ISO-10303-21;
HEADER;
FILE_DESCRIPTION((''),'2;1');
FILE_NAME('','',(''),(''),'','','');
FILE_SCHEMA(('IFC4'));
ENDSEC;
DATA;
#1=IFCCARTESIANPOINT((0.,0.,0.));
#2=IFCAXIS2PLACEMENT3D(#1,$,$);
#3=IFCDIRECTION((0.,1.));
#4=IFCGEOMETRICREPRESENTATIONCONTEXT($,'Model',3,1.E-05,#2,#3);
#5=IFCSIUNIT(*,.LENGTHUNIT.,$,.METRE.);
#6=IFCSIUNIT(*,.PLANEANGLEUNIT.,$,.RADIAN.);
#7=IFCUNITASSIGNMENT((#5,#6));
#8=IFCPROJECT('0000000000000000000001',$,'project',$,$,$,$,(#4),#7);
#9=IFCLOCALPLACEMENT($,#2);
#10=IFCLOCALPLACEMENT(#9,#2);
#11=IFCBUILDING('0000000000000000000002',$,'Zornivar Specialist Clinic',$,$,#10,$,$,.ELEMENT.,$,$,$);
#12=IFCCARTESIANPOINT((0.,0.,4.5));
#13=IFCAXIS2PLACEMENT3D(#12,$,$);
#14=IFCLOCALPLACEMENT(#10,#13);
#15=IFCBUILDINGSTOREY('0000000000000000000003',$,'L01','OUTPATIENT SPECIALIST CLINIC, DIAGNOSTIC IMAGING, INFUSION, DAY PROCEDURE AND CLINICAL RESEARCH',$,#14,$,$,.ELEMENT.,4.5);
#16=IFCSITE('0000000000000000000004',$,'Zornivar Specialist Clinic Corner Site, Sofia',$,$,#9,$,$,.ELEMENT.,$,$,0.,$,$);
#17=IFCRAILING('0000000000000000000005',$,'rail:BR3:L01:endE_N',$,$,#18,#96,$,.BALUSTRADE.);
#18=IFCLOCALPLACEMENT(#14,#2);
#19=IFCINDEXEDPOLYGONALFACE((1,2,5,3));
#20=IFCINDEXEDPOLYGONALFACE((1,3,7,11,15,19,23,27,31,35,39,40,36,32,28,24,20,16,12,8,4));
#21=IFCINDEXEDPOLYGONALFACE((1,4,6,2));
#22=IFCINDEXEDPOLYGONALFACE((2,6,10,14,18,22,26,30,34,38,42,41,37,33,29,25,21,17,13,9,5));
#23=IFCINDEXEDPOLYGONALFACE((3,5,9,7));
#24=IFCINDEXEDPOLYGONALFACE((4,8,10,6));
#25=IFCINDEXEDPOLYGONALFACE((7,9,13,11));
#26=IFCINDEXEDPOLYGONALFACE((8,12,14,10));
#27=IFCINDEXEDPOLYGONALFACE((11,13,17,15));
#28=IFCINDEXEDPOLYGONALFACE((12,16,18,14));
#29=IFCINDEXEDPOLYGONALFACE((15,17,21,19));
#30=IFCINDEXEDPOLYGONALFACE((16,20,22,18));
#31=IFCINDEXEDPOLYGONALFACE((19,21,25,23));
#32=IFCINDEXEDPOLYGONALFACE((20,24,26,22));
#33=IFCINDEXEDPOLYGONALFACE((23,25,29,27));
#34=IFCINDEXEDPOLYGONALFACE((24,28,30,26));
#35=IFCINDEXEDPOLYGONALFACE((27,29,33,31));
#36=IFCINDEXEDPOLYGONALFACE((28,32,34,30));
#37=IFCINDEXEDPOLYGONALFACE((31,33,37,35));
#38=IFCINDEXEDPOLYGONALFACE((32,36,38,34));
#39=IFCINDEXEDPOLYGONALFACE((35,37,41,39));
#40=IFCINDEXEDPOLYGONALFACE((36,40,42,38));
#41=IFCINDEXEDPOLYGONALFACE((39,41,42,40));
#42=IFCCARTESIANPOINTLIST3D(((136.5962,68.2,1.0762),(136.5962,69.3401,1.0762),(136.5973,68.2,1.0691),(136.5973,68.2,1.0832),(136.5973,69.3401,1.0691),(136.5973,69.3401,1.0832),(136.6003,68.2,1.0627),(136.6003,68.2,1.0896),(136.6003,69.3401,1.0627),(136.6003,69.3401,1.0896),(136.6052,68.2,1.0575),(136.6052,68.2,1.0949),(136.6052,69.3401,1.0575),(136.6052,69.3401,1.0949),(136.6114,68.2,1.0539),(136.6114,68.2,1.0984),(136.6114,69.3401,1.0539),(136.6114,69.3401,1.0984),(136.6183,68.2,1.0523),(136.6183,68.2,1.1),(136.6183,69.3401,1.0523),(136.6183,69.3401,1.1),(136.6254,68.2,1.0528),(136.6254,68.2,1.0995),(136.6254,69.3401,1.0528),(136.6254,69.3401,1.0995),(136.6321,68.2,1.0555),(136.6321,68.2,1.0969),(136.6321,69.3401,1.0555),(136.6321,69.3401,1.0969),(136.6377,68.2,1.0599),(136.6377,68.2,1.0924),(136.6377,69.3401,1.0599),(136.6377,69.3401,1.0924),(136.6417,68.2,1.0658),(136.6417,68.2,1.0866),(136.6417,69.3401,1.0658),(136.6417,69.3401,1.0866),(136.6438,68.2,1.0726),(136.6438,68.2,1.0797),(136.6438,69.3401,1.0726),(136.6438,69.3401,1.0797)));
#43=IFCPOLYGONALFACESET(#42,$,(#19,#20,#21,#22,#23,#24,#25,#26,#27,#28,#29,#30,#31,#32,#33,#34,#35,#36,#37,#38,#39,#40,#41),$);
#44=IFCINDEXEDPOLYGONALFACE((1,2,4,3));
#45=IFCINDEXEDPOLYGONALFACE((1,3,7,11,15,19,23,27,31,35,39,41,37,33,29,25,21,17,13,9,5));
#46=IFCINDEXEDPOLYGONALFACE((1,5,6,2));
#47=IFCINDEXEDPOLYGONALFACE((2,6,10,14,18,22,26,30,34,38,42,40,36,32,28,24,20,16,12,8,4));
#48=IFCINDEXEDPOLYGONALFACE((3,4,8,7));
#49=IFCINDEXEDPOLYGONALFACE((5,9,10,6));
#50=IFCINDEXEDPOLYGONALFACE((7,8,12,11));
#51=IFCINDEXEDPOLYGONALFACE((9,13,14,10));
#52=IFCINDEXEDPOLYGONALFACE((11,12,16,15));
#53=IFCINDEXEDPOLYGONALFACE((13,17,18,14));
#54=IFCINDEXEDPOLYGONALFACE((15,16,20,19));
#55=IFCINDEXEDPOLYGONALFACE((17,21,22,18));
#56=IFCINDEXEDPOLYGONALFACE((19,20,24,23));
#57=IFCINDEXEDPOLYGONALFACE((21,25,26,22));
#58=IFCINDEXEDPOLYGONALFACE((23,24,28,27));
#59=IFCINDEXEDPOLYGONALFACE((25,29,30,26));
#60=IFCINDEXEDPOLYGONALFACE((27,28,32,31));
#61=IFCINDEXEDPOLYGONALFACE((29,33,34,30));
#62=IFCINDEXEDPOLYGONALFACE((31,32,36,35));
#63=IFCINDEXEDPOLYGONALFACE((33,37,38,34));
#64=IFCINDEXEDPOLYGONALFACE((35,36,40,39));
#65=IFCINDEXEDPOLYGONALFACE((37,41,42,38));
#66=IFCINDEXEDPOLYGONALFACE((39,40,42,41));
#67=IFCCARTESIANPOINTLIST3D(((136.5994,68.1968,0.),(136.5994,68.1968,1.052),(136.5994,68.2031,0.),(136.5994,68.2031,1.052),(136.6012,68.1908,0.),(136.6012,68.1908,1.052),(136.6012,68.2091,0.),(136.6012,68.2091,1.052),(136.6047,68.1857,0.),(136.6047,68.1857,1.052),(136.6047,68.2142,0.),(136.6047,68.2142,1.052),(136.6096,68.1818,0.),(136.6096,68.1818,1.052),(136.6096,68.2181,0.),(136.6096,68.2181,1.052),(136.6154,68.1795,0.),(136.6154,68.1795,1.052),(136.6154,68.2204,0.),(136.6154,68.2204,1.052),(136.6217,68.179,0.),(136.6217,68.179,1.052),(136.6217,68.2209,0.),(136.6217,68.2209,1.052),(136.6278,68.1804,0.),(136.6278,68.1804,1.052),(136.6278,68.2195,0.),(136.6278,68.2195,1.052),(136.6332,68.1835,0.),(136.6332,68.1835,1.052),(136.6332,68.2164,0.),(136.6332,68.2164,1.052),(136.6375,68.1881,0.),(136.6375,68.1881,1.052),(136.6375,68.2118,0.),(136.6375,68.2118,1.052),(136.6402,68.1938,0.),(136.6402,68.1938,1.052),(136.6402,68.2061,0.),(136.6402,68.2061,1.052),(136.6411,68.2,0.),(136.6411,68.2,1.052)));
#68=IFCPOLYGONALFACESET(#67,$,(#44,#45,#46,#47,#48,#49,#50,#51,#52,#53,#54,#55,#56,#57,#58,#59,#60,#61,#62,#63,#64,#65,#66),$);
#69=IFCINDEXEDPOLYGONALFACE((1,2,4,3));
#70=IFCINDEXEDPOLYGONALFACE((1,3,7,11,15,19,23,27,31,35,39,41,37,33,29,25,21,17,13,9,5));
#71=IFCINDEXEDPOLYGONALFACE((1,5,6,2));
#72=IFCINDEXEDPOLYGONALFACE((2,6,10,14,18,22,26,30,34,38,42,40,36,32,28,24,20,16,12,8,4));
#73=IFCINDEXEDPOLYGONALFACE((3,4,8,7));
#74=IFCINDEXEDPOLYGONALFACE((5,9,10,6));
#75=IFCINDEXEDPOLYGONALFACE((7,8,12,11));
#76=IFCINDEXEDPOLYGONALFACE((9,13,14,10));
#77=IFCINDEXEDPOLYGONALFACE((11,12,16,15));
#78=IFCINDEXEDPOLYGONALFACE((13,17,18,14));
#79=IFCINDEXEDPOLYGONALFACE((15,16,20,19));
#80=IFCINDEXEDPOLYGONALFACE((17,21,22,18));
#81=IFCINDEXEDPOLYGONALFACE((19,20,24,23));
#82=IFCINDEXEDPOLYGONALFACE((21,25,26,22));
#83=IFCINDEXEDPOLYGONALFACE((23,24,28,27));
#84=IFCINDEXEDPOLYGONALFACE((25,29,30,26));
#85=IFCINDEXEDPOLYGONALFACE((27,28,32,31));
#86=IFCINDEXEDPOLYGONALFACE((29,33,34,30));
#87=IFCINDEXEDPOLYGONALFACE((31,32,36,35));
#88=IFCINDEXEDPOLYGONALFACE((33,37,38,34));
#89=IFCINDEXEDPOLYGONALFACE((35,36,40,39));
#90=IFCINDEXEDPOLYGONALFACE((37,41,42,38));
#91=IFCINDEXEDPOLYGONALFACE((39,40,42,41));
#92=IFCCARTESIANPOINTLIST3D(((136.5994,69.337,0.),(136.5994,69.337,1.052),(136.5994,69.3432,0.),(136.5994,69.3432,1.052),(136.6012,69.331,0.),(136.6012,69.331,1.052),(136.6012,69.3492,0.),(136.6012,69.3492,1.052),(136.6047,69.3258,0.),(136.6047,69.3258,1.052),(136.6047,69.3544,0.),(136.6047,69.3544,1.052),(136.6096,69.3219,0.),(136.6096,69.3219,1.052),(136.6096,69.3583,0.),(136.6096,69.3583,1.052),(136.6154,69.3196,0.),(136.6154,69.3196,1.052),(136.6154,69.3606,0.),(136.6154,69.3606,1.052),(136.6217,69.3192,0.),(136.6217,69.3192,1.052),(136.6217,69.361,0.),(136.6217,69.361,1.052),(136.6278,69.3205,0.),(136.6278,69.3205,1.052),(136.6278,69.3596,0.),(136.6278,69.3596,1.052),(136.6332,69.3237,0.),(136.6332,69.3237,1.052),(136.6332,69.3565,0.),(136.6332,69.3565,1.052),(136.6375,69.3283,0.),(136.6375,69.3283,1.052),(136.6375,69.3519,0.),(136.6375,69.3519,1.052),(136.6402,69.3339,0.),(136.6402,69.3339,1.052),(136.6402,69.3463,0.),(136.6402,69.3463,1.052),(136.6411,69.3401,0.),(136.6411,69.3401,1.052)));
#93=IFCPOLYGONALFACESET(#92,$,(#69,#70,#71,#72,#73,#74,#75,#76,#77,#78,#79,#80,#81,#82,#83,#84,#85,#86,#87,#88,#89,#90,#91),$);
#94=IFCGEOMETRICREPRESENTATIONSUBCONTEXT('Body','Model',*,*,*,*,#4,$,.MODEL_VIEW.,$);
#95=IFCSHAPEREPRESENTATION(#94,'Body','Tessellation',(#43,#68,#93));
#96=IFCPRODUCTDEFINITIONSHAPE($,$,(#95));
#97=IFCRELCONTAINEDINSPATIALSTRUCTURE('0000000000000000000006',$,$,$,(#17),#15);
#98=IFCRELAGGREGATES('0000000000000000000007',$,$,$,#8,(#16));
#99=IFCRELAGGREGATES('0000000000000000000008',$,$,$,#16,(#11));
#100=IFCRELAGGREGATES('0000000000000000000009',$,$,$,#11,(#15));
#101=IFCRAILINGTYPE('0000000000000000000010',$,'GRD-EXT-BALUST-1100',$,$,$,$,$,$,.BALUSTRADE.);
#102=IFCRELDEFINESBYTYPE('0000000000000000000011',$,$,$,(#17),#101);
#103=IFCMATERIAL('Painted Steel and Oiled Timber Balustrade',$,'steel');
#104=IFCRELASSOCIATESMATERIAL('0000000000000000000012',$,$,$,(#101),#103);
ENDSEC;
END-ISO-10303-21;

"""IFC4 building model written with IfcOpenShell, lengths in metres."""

from ifc_helpers import new_model, si_unit, direction, frame, origin, origin_2d, place, context, subcontext, project, spatial, circle, extrude, material, type_object, element, save


model = new_model("IFC4")

# Units and contexts
model_context = context("Model", 3, precision=1e-05, world=origin(), true_north=direction((0.0, 1.0)))
body_context = subcontext(model_context, "Body", "Model", "MODEL_VIEW")
ifc_project = project(units=[si_unit("LENGTHUNIT", "METRE"), si_unit("PLANEANGLEUNIT", "RADIAN")], contexts=[model_context])

# Site, building, storey
site_placement = place(None, origin())
site = spatial("IfcSite", under=ifc_project, at=site_placement, Name="Zornivar Specialist Clinic Corner Site, Sofia", CompositionType="ELEMENT", RefElevation=0.0)
building_placement = place(site_placement, origin())
building = spatial("IfcBuilding", under=site, at=building_placement, Name="Zornivar Specialist Clinic", CompositionType="ELEMENT")
storey_placement = place(building_placement, frame((0.0, 0.0, 4.5)))
storey = spatial("IfcBuildingStorey", under=building, at=storey_placement, Name="L01", Description="OUTPATIENT SPECIALIST CLINIC, DIAGNOSTIC IMAGING, INFUSION, DAY PROCEDURE AND CLINICAL RESEARCH", CompositionType="ELEMENT", Elevation=4.5)

# Railing
ifc_material_1 = material(Name="Painted Steel and Oiled Timber Balustrade", Category="steel")
railing_type = type_object("IfcRailingType", Name="GRD-EXT-BALUST-1100", PredefinedType="BALUSTRADE", material=ifc_material_1)
for number, where, name in (
    (1, (136.6201, 68.2, 0.0), "rail:BR3:L01:endE_N"),
):
    element("IfcRailing", number, at=place(storey_placement, frame(where)), inside=storey, type_object=railing_type, Name=name, PredefinedType="BALUSTRADE", context=body_context, shape_type="SweptSolid", body=[
        extrude(circle(Radius=0.0239, at=origin_2d()), frame((0.0, 0.0, 1.0762), z_axis=(0.0, 1.0, 0.0), x_axis=(-1.0, 0.0, 0.0)), (0.0, 0.0, 1.0), 1.1401),
        extrude(circle(Radius=0.021, at=origin_2d()), origin(), (0.0, 0.0, 1.0), 1.052),
        extrude(circle(Radius=0.021, at=origin_2d()), frame((0.0, 1.1401, 0.0)), (0.0, 0.0, 1.0), 1.052),
    ])

save(model, "model.ifc")
